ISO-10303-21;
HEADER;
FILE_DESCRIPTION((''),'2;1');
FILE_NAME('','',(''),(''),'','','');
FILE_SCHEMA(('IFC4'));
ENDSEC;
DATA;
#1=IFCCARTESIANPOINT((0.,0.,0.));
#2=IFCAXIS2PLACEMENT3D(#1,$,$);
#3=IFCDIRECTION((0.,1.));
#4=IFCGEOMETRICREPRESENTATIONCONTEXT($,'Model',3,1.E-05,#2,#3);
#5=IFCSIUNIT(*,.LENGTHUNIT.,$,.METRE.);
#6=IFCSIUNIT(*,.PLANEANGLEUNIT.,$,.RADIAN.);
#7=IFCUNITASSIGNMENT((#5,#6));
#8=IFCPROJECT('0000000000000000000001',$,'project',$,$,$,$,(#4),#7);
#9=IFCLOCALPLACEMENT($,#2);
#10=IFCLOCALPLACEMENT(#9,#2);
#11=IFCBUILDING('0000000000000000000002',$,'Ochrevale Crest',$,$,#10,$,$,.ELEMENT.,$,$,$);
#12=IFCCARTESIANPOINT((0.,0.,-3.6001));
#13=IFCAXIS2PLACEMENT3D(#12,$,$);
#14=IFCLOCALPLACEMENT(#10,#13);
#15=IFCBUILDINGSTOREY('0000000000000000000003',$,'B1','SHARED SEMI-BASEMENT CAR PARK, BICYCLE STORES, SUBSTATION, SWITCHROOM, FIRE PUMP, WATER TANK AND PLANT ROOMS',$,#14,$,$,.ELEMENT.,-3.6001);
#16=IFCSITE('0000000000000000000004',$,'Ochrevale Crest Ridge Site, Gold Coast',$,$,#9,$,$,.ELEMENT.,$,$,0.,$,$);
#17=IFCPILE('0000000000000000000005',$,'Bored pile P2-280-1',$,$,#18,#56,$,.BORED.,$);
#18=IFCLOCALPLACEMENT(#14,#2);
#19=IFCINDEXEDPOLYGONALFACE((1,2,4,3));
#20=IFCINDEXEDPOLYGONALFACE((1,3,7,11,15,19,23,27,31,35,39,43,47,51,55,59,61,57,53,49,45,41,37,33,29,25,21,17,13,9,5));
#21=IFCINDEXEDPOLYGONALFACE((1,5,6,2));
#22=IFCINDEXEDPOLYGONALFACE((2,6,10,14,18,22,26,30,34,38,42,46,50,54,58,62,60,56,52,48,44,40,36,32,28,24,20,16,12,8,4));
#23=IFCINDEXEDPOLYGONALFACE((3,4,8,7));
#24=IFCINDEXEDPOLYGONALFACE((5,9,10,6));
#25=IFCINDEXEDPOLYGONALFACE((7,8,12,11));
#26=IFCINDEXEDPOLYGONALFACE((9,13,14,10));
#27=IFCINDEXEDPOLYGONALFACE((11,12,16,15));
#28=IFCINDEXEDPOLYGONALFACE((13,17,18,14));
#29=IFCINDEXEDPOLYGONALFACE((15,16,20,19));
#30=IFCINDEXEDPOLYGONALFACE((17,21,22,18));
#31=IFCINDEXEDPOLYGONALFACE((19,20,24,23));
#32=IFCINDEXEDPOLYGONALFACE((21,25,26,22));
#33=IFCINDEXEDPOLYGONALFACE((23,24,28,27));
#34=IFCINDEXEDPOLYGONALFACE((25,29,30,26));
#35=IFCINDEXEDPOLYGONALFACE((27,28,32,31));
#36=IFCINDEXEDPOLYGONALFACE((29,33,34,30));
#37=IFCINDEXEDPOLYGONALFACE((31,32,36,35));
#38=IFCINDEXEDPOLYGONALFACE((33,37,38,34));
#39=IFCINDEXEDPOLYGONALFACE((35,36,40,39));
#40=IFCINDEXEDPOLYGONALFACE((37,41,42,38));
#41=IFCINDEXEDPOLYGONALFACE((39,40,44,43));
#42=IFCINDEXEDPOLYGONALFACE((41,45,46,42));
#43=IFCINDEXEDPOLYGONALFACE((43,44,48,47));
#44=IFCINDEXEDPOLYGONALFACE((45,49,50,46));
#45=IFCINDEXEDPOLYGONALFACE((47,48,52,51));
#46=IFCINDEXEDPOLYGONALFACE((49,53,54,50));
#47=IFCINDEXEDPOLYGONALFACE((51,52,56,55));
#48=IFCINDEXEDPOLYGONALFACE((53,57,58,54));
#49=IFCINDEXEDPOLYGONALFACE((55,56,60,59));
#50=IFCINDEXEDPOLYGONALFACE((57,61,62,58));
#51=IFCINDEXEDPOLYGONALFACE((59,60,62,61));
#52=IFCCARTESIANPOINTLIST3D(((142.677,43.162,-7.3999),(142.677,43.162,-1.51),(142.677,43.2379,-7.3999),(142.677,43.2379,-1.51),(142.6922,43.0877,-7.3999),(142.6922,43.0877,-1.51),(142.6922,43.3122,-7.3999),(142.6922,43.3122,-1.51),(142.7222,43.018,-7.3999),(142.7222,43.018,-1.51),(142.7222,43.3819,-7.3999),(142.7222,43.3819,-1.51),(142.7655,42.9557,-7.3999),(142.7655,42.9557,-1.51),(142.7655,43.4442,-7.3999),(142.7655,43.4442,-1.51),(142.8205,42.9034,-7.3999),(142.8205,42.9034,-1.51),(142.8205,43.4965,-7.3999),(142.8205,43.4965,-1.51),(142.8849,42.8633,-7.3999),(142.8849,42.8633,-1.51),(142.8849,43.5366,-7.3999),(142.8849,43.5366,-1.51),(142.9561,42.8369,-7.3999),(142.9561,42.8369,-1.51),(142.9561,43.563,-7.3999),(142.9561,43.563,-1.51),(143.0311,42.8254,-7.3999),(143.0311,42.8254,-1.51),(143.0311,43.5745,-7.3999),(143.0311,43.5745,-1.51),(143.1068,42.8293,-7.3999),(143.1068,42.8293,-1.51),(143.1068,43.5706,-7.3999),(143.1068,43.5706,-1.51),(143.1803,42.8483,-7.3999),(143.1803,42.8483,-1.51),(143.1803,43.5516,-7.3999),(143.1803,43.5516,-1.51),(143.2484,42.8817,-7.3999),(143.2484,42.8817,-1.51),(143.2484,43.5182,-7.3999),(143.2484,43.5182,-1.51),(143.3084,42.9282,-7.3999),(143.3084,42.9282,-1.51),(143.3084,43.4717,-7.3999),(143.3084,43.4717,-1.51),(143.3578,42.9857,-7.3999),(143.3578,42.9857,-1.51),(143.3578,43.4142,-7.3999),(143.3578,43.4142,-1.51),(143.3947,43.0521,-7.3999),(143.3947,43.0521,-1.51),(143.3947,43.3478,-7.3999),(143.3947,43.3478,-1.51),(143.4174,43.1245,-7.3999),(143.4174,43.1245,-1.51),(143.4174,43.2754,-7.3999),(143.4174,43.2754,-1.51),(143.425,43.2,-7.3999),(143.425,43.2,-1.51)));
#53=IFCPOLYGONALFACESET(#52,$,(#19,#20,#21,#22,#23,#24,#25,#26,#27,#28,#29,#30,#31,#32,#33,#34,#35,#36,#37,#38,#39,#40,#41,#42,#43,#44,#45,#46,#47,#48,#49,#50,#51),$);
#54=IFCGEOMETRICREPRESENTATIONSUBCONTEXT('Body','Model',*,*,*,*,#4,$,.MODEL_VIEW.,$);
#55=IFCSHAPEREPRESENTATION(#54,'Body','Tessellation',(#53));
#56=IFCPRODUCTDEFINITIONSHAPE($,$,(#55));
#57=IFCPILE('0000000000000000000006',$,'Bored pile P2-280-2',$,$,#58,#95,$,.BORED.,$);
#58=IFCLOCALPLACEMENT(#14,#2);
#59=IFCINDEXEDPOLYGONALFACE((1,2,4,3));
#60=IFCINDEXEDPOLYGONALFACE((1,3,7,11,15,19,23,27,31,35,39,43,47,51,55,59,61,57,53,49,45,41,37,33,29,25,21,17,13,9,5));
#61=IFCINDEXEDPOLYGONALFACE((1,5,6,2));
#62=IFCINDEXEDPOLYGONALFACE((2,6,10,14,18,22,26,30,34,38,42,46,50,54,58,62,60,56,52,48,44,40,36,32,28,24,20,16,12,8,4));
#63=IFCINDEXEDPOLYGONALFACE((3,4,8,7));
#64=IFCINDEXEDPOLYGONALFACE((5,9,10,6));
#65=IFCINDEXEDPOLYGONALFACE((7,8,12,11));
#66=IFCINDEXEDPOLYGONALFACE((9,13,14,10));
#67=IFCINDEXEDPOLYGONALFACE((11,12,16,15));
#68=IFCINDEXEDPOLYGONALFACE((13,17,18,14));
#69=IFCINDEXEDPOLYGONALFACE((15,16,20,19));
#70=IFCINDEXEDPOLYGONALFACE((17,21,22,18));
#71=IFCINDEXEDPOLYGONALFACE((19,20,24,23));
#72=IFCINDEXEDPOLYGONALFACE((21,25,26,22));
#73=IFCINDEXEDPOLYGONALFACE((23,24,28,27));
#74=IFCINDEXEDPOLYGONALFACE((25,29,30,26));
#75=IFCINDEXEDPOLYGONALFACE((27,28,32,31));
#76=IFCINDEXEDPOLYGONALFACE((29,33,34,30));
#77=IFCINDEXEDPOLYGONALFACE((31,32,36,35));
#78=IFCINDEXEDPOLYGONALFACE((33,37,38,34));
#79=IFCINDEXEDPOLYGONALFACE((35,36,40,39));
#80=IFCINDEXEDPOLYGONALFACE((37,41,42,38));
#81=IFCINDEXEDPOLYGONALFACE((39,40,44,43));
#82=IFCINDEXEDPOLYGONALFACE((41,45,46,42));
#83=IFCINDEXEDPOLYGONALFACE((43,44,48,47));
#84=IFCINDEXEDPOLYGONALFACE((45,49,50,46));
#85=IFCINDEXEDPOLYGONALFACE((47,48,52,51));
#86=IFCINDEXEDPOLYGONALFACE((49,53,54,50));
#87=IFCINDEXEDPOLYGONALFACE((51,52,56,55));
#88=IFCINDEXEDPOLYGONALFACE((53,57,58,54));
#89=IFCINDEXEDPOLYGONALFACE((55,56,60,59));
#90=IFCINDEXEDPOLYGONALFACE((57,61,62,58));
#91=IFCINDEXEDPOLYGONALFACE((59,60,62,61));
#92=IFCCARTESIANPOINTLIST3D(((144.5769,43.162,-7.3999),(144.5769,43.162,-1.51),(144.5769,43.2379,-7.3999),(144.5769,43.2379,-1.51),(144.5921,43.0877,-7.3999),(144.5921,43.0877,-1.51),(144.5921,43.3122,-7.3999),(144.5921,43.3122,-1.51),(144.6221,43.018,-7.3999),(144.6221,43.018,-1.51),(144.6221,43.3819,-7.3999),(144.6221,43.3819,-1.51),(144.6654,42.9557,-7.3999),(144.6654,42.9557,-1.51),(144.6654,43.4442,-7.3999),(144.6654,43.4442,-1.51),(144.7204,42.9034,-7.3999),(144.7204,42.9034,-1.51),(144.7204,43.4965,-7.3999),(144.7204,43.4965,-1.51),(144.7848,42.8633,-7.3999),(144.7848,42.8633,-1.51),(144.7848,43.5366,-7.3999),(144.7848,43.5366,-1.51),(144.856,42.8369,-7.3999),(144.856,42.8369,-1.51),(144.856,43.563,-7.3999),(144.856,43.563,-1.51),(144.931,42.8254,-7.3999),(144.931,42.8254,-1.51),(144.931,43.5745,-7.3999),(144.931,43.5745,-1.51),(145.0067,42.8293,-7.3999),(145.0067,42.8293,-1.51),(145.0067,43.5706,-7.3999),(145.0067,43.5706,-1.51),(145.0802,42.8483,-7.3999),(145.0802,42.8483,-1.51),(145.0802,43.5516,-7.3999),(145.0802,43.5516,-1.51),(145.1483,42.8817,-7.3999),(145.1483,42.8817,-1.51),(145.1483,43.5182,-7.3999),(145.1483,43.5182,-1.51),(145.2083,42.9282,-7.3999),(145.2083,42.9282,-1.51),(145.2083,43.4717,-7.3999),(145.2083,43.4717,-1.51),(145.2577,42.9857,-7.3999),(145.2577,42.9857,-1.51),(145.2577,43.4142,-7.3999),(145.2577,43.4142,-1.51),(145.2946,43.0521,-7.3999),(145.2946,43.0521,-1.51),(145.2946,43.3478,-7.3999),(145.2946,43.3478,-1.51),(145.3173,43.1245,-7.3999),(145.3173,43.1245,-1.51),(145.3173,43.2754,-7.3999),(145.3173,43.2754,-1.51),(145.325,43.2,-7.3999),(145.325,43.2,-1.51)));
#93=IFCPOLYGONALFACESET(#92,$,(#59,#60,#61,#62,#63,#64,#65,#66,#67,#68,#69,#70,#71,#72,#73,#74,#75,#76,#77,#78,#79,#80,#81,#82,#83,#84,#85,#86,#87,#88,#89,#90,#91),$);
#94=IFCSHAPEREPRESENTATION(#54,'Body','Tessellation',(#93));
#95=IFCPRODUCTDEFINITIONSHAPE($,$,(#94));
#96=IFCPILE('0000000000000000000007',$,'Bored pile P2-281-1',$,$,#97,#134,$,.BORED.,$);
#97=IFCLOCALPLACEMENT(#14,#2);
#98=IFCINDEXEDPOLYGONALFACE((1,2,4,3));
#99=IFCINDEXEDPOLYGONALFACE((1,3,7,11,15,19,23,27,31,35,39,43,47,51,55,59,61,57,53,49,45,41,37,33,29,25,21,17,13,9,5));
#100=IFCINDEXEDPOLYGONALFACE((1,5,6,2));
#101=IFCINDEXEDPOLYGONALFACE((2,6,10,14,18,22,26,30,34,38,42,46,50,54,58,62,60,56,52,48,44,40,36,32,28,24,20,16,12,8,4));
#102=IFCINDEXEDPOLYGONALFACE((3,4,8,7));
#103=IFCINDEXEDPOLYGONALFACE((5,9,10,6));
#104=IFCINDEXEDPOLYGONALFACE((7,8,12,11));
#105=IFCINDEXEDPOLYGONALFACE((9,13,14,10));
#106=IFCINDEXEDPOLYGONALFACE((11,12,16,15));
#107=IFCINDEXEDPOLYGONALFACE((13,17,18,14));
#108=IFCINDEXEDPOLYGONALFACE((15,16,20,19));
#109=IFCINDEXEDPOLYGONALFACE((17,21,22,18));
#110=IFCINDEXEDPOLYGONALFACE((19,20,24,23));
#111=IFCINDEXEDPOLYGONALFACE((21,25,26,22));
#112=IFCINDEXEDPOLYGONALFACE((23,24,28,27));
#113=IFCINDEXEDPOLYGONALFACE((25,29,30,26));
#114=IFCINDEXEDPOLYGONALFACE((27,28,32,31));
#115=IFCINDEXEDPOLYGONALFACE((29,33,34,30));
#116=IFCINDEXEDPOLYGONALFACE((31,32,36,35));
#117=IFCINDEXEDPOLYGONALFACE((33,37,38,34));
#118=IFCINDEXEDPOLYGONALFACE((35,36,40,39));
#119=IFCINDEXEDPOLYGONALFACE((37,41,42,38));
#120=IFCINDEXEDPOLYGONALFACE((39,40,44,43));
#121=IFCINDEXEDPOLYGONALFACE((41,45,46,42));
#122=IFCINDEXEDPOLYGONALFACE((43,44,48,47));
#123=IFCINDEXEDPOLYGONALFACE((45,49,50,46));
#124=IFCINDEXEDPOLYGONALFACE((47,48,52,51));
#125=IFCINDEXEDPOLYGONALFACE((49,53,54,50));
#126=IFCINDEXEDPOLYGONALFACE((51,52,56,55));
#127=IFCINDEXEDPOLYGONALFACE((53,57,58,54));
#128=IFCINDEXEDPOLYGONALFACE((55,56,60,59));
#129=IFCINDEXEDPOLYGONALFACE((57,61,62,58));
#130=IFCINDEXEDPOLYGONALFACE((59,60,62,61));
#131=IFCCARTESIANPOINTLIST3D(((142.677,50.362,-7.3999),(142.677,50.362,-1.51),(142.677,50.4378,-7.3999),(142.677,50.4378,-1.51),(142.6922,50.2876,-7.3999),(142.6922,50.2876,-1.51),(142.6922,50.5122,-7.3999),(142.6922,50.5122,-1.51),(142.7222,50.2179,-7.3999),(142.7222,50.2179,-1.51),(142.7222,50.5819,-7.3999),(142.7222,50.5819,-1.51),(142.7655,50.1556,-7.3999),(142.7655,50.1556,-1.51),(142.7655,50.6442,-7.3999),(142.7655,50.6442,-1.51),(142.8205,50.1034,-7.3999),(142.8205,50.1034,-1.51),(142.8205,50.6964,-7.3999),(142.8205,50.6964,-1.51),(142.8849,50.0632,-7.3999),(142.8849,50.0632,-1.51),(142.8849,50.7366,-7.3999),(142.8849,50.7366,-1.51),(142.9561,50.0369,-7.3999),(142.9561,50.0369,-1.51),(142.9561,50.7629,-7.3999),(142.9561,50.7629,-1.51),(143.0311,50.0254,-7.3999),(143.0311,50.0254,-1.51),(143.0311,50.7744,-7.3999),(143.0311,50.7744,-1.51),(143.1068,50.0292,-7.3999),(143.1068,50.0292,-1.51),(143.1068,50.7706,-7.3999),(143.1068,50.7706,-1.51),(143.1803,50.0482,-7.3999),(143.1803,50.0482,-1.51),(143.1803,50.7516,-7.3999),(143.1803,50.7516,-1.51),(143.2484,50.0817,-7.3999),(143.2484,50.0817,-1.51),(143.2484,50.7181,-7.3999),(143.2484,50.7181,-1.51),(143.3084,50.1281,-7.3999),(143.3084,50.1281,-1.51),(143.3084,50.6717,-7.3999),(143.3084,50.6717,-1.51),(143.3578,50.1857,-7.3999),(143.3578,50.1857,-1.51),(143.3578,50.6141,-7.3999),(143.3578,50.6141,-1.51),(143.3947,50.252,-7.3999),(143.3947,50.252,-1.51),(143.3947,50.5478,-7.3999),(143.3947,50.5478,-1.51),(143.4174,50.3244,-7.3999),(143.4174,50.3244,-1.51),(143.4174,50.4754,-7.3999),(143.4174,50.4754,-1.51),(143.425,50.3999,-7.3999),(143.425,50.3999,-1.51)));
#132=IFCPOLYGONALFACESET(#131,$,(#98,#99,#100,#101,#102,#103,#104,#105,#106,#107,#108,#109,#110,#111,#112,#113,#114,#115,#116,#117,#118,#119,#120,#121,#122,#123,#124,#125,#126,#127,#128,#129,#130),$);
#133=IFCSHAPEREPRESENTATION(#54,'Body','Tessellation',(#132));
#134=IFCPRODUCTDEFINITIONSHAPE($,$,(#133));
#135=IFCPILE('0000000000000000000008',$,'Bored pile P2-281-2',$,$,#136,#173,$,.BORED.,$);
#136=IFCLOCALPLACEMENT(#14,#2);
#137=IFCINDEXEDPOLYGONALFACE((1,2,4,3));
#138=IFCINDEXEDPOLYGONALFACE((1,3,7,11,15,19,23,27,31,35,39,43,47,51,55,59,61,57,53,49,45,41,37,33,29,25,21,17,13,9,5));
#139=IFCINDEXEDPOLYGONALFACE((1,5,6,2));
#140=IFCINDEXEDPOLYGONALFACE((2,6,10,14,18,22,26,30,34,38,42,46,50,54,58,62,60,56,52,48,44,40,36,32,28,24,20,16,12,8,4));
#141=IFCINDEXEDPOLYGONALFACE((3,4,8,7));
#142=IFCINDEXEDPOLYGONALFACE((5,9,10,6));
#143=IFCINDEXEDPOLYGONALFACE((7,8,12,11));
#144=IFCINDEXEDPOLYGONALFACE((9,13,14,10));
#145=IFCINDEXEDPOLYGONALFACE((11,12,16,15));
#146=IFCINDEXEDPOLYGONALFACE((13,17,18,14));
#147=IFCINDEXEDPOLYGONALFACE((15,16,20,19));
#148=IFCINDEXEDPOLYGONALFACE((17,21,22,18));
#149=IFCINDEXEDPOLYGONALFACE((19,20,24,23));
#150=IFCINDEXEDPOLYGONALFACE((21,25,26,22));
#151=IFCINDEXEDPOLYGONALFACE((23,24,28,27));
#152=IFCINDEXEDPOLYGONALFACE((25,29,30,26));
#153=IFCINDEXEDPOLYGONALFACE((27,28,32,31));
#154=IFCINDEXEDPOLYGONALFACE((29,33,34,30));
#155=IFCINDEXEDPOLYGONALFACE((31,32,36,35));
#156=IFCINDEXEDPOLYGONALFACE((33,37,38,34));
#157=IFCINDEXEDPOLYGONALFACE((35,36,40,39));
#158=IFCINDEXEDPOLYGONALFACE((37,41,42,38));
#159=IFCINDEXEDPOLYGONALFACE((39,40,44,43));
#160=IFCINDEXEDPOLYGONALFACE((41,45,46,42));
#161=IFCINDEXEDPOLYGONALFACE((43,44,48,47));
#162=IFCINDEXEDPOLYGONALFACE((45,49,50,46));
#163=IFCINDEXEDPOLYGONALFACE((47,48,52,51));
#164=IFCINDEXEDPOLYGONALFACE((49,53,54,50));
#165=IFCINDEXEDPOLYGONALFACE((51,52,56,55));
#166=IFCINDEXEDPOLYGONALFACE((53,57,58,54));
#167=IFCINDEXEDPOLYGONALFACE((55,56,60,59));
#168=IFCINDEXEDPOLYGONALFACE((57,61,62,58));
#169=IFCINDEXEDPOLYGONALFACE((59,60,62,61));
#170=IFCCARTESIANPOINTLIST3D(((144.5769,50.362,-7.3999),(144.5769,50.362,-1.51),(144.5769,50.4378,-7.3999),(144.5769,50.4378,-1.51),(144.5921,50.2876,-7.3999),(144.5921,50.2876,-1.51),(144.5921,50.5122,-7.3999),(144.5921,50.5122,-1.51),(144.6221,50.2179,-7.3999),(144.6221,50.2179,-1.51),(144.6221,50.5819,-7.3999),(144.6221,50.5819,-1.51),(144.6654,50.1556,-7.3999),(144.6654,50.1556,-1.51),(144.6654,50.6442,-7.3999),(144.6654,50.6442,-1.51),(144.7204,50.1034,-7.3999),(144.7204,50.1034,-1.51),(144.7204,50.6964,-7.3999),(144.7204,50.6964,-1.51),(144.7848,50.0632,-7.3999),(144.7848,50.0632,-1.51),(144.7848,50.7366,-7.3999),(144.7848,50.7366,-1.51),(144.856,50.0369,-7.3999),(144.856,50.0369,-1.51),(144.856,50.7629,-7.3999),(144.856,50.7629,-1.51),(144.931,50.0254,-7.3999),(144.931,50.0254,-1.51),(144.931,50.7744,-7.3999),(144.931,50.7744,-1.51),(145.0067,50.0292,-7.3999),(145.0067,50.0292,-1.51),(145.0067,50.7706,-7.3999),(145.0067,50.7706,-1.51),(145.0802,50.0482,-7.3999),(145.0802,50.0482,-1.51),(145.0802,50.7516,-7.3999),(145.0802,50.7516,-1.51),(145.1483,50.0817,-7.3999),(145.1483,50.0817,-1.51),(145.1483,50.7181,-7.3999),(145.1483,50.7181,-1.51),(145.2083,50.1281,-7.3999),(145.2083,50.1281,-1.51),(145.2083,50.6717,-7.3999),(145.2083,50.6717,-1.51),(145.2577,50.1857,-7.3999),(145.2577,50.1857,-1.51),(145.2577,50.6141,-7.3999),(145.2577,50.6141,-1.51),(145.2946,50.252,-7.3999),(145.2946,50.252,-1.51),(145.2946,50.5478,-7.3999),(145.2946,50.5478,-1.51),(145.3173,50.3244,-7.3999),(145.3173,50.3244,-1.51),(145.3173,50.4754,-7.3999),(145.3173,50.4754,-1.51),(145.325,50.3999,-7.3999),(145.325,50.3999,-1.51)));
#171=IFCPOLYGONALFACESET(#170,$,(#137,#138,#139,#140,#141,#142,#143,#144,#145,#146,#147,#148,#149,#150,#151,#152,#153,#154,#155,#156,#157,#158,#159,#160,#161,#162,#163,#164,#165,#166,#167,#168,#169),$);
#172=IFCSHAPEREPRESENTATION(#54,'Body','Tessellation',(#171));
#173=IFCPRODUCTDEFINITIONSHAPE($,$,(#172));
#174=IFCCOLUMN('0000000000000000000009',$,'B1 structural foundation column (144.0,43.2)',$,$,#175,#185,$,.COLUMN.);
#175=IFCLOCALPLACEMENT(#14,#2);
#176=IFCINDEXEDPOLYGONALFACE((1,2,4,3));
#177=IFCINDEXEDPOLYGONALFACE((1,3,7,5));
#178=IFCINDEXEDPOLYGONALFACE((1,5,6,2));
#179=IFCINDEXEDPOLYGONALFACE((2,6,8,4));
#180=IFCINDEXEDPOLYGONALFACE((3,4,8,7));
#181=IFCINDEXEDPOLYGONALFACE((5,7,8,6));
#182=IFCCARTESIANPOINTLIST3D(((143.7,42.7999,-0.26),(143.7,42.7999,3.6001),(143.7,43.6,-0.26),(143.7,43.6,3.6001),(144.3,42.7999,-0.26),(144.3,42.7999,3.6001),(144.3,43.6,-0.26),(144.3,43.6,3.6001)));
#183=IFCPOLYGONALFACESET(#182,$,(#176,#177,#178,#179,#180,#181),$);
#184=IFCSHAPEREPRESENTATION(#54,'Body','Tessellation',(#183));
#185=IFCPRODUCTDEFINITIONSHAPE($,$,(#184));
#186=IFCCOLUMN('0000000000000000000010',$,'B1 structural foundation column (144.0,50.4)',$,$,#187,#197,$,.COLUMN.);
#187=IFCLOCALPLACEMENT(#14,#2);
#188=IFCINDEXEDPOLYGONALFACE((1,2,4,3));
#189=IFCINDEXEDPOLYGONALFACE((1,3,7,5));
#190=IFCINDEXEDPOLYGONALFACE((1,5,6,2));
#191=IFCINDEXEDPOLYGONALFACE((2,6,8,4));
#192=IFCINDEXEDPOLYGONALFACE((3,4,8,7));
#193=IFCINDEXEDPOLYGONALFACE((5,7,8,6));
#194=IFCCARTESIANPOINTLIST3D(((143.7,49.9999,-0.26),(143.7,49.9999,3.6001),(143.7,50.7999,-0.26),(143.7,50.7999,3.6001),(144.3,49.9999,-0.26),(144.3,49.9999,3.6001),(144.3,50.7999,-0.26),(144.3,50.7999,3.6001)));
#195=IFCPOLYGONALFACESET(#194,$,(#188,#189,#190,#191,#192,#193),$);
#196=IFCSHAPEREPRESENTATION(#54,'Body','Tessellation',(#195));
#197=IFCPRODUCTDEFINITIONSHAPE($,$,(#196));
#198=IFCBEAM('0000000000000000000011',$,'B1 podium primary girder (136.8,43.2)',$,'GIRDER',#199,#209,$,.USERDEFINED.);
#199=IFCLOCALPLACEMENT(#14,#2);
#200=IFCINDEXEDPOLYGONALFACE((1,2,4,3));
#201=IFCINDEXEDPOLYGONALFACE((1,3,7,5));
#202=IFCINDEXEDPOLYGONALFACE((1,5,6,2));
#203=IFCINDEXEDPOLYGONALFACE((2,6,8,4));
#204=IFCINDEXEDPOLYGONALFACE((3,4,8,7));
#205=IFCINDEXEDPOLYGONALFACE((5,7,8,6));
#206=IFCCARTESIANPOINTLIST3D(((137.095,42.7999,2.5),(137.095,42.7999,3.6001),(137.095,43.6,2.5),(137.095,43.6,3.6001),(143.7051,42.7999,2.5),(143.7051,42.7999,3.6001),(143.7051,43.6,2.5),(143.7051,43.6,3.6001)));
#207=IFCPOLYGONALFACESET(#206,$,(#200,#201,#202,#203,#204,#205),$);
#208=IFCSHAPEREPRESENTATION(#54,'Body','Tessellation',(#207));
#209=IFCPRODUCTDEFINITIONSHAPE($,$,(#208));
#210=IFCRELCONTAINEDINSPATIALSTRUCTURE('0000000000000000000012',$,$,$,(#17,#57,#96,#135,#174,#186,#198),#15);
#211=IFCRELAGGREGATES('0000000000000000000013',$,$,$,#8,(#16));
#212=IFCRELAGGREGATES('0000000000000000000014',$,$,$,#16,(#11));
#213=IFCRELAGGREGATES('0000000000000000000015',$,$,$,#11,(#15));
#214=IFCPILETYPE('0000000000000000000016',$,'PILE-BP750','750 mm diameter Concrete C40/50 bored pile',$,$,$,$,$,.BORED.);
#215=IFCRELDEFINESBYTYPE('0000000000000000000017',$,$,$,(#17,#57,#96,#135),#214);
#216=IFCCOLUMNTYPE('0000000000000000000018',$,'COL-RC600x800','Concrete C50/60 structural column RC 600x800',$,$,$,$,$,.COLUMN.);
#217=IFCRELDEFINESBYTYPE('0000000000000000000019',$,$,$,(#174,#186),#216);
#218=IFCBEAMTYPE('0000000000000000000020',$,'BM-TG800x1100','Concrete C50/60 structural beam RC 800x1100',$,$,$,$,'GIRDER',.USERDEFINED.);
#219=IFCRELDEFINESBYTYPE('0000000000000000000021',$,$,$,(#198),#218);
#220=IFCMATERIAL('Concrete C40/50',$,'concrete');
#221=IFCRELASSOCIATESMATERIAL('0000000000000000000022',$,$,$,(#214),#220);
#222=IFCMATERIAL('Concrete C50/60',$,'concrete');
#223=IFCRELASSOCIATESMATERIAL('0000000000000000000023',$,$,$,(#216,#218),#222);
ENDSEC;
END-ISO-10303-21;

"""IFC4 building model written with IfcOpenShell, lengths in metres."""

from ifc_helpers import new_model, si_unit, direction, frame, origin, origin_2d, place, context, subcontext, project, spatial, rectangle, circle, extrude, material, material_profile, profile_set, type_object, element, save


model = new_model("IFC4")

# Units and contexts
model_context = context("Model", 3, precision=1e-05, world=origin(), true_north=direction((0.0, 1.0)))
body_context = subcontext(model_context, "Body", "Model", "MODEL_VIEW")
ifc_project = project(units=[si_unit("LENGTHUNIT", "METRE"), si_unit("PLANEANGLEUNIT", "RADIAN")], contexts=[model_context])

# Site, building, storey
site_placement = place(None, origin())
site = spatial("IfcSite", under=ifc_project, at=site_placement, Name="Ochrevale Crest Ridge Site, Gold Coast", CompositionType="ELEMENT", RefElevation=0.0)
building_placement = place(site_placement, origin())
building = spatial("IfcBuilding", under=site, at=building_placement, Name="Ochrevale Crest", CompositionType="ELEMENT")
storey_placement = place(building_placement, frame((0.0, 0.0, -3.6001)))
storey = spatial("IfcBuildingStorey", under=building, at=storey_placement, Name="B1", Description="SHARED SEMI-BASEMENT CAR PARK, BICYCLE STORES, SUBSTATION, SWITCHROOM, FIRE PUMP, WATER TANK AND PLANT ROOMS", CompositionType="ELEMENT", Elevation=-3.6001)

# Shared definitions
ifc_material_1 = material(Name="Concrete C40/50", Category="concrete")

# Piles
ifc_material_profile_1 = material_profile(ifc_material_1, circle(Radius=0.375, at=origin_2d()), Name="BORED PILE 750")
ifc_profile_set_1 = profile_set([ifc_material_profile_1], Name="Concrete C40/50")
pile_type = type_object("IfcPileType", Name="PILE-BP750", Description="750 mm diameter Concrete C40/50 bored pile", PredefinedType="BORED", material=ifc_profile_set_1)
for number, where, z_axis, x_axis, name in (
    (1, (143.05, 43.2, -1.51), (0.0, 0.0, -1.0), (1.0, 0.0, 0.0), "Bored pile P2-280-1"),
    (2, (144.95, 43.2, -1.51), (0.0, 0.0, -1.0), (1.0, 0.0, 0.0), "Bored pile P2-280-2"),
    (3, (143.05, 50.3999, -1.51), (0.0, 0.0, -1.0), (1.0, 0.0, 0.0), "Bored pile P2-281-1"),
    (4, (144.95, 50.3999, -1.51), (0.0, 0.0, -1.0), (1.0, 0.0, 0.0), "Bored pile P2-281-2"),
):
    element("IfcPile", number, at=place(storey_placement, frame(where, z_axis=z_axis, x_axis=x_axis)), inside=storey, type_object=pile_type, Name=name, PredefinedType="BORED", context=body_context, shape_type="SweptSolid", body=[
        extrude(circle(Radius=0.375, at=origin_2d()), origin(), (0.0, 0.0, 1.0), 5.8899),
    ])

# Columns
ifc_material_2 = material(Name="Concrete C50/60", Category="concrete")
ifc_material_profile_2 = material_profile(ifc_material_2, rectangle(XDim=0.6001, YDim=0.8, at=origin_2d()), Name="RC 600x800")
ifc_profile_set_2 = profile_set([ifc_material_profile_2], Name="Concrete C50/60")
column_type = type_object("IfcColumnType", Name="COL-RC600x800", Description="Concrete C50/60 structural column RC 600x800", PredefinedType="COLUMN", material=ifc_profile_set_2)
for number, where, z_axis, x_axis, name in (
    (5, (144.0, 43.2, -0.26), (0.0, 0.0, 1.0), (1.0, 0.0, 0.0), "B1 structural foundation column (144.0,43.2)"),
    (6, (144.0, 50.3999, -0.26), (0.0, 0.0, 1.0), (1.0, 0.0, 0.0), "B1 structural foundation column (144.0,50.4)"),
):
    element("IfcColumn", number, at=place(storey_placement, frame(where, z_axis=z_axis, x_axis=x_axis)), inside=storey, type_object=column_type, Name=name, PredefinedType="COLUMN", context=body_context, shape_type="SweptSolid", body=[
        extrude(rectangle(XDim=0.6001, YDim=0.8, at=origin_2d()), origin(), (0.0, 0.0, 1.0), 3.8601),
    ])

# Beam
ifc_material_profile_3 = material_profile(ifc_material_2, rectangle(XDim=0.8, YDim=1.1001, at=origin_2d()), Name="RC 800x1100")
ifc_profile_set_3 = profile_set([ifc_material_profile_3], Name="Concrete C50/60")
beam_type_1 = type_object("IfcBeamType", Name="BM-TG800x1100", Description="Concrete C50/60 structural beam RC 800x1100", ElementType="GIRDER", PredefinedType="USERDEFINED", material=ifc_profile_set_3)
for number, where, z_axis, x_axis, name in (
    (7, (137.095, 43.2, 3.05), (1.0, 0.0, 0.0), (0.0, 1.0, 0.0), "B1 podium primary girder (136.8,43.2)"),
):
    element("IfcBeam", number, at=place(storey_placement, frame(where, z_axis=z_axis, x_axis=x_axis)), inside=storey, type_object=beam_type_1, Name=name, ObjectType="GIRDER", PredefinedType="USERDEFINED", context=body_context, shape_type="SweptSolid", body=[
        extrude(rectangle(XDim=0.8, YDim=1.1001, at=origin_2d()), origin(), (0.0, 0.0, 1.0), 6.6101),
    ])

save(model, "model.ifc")
